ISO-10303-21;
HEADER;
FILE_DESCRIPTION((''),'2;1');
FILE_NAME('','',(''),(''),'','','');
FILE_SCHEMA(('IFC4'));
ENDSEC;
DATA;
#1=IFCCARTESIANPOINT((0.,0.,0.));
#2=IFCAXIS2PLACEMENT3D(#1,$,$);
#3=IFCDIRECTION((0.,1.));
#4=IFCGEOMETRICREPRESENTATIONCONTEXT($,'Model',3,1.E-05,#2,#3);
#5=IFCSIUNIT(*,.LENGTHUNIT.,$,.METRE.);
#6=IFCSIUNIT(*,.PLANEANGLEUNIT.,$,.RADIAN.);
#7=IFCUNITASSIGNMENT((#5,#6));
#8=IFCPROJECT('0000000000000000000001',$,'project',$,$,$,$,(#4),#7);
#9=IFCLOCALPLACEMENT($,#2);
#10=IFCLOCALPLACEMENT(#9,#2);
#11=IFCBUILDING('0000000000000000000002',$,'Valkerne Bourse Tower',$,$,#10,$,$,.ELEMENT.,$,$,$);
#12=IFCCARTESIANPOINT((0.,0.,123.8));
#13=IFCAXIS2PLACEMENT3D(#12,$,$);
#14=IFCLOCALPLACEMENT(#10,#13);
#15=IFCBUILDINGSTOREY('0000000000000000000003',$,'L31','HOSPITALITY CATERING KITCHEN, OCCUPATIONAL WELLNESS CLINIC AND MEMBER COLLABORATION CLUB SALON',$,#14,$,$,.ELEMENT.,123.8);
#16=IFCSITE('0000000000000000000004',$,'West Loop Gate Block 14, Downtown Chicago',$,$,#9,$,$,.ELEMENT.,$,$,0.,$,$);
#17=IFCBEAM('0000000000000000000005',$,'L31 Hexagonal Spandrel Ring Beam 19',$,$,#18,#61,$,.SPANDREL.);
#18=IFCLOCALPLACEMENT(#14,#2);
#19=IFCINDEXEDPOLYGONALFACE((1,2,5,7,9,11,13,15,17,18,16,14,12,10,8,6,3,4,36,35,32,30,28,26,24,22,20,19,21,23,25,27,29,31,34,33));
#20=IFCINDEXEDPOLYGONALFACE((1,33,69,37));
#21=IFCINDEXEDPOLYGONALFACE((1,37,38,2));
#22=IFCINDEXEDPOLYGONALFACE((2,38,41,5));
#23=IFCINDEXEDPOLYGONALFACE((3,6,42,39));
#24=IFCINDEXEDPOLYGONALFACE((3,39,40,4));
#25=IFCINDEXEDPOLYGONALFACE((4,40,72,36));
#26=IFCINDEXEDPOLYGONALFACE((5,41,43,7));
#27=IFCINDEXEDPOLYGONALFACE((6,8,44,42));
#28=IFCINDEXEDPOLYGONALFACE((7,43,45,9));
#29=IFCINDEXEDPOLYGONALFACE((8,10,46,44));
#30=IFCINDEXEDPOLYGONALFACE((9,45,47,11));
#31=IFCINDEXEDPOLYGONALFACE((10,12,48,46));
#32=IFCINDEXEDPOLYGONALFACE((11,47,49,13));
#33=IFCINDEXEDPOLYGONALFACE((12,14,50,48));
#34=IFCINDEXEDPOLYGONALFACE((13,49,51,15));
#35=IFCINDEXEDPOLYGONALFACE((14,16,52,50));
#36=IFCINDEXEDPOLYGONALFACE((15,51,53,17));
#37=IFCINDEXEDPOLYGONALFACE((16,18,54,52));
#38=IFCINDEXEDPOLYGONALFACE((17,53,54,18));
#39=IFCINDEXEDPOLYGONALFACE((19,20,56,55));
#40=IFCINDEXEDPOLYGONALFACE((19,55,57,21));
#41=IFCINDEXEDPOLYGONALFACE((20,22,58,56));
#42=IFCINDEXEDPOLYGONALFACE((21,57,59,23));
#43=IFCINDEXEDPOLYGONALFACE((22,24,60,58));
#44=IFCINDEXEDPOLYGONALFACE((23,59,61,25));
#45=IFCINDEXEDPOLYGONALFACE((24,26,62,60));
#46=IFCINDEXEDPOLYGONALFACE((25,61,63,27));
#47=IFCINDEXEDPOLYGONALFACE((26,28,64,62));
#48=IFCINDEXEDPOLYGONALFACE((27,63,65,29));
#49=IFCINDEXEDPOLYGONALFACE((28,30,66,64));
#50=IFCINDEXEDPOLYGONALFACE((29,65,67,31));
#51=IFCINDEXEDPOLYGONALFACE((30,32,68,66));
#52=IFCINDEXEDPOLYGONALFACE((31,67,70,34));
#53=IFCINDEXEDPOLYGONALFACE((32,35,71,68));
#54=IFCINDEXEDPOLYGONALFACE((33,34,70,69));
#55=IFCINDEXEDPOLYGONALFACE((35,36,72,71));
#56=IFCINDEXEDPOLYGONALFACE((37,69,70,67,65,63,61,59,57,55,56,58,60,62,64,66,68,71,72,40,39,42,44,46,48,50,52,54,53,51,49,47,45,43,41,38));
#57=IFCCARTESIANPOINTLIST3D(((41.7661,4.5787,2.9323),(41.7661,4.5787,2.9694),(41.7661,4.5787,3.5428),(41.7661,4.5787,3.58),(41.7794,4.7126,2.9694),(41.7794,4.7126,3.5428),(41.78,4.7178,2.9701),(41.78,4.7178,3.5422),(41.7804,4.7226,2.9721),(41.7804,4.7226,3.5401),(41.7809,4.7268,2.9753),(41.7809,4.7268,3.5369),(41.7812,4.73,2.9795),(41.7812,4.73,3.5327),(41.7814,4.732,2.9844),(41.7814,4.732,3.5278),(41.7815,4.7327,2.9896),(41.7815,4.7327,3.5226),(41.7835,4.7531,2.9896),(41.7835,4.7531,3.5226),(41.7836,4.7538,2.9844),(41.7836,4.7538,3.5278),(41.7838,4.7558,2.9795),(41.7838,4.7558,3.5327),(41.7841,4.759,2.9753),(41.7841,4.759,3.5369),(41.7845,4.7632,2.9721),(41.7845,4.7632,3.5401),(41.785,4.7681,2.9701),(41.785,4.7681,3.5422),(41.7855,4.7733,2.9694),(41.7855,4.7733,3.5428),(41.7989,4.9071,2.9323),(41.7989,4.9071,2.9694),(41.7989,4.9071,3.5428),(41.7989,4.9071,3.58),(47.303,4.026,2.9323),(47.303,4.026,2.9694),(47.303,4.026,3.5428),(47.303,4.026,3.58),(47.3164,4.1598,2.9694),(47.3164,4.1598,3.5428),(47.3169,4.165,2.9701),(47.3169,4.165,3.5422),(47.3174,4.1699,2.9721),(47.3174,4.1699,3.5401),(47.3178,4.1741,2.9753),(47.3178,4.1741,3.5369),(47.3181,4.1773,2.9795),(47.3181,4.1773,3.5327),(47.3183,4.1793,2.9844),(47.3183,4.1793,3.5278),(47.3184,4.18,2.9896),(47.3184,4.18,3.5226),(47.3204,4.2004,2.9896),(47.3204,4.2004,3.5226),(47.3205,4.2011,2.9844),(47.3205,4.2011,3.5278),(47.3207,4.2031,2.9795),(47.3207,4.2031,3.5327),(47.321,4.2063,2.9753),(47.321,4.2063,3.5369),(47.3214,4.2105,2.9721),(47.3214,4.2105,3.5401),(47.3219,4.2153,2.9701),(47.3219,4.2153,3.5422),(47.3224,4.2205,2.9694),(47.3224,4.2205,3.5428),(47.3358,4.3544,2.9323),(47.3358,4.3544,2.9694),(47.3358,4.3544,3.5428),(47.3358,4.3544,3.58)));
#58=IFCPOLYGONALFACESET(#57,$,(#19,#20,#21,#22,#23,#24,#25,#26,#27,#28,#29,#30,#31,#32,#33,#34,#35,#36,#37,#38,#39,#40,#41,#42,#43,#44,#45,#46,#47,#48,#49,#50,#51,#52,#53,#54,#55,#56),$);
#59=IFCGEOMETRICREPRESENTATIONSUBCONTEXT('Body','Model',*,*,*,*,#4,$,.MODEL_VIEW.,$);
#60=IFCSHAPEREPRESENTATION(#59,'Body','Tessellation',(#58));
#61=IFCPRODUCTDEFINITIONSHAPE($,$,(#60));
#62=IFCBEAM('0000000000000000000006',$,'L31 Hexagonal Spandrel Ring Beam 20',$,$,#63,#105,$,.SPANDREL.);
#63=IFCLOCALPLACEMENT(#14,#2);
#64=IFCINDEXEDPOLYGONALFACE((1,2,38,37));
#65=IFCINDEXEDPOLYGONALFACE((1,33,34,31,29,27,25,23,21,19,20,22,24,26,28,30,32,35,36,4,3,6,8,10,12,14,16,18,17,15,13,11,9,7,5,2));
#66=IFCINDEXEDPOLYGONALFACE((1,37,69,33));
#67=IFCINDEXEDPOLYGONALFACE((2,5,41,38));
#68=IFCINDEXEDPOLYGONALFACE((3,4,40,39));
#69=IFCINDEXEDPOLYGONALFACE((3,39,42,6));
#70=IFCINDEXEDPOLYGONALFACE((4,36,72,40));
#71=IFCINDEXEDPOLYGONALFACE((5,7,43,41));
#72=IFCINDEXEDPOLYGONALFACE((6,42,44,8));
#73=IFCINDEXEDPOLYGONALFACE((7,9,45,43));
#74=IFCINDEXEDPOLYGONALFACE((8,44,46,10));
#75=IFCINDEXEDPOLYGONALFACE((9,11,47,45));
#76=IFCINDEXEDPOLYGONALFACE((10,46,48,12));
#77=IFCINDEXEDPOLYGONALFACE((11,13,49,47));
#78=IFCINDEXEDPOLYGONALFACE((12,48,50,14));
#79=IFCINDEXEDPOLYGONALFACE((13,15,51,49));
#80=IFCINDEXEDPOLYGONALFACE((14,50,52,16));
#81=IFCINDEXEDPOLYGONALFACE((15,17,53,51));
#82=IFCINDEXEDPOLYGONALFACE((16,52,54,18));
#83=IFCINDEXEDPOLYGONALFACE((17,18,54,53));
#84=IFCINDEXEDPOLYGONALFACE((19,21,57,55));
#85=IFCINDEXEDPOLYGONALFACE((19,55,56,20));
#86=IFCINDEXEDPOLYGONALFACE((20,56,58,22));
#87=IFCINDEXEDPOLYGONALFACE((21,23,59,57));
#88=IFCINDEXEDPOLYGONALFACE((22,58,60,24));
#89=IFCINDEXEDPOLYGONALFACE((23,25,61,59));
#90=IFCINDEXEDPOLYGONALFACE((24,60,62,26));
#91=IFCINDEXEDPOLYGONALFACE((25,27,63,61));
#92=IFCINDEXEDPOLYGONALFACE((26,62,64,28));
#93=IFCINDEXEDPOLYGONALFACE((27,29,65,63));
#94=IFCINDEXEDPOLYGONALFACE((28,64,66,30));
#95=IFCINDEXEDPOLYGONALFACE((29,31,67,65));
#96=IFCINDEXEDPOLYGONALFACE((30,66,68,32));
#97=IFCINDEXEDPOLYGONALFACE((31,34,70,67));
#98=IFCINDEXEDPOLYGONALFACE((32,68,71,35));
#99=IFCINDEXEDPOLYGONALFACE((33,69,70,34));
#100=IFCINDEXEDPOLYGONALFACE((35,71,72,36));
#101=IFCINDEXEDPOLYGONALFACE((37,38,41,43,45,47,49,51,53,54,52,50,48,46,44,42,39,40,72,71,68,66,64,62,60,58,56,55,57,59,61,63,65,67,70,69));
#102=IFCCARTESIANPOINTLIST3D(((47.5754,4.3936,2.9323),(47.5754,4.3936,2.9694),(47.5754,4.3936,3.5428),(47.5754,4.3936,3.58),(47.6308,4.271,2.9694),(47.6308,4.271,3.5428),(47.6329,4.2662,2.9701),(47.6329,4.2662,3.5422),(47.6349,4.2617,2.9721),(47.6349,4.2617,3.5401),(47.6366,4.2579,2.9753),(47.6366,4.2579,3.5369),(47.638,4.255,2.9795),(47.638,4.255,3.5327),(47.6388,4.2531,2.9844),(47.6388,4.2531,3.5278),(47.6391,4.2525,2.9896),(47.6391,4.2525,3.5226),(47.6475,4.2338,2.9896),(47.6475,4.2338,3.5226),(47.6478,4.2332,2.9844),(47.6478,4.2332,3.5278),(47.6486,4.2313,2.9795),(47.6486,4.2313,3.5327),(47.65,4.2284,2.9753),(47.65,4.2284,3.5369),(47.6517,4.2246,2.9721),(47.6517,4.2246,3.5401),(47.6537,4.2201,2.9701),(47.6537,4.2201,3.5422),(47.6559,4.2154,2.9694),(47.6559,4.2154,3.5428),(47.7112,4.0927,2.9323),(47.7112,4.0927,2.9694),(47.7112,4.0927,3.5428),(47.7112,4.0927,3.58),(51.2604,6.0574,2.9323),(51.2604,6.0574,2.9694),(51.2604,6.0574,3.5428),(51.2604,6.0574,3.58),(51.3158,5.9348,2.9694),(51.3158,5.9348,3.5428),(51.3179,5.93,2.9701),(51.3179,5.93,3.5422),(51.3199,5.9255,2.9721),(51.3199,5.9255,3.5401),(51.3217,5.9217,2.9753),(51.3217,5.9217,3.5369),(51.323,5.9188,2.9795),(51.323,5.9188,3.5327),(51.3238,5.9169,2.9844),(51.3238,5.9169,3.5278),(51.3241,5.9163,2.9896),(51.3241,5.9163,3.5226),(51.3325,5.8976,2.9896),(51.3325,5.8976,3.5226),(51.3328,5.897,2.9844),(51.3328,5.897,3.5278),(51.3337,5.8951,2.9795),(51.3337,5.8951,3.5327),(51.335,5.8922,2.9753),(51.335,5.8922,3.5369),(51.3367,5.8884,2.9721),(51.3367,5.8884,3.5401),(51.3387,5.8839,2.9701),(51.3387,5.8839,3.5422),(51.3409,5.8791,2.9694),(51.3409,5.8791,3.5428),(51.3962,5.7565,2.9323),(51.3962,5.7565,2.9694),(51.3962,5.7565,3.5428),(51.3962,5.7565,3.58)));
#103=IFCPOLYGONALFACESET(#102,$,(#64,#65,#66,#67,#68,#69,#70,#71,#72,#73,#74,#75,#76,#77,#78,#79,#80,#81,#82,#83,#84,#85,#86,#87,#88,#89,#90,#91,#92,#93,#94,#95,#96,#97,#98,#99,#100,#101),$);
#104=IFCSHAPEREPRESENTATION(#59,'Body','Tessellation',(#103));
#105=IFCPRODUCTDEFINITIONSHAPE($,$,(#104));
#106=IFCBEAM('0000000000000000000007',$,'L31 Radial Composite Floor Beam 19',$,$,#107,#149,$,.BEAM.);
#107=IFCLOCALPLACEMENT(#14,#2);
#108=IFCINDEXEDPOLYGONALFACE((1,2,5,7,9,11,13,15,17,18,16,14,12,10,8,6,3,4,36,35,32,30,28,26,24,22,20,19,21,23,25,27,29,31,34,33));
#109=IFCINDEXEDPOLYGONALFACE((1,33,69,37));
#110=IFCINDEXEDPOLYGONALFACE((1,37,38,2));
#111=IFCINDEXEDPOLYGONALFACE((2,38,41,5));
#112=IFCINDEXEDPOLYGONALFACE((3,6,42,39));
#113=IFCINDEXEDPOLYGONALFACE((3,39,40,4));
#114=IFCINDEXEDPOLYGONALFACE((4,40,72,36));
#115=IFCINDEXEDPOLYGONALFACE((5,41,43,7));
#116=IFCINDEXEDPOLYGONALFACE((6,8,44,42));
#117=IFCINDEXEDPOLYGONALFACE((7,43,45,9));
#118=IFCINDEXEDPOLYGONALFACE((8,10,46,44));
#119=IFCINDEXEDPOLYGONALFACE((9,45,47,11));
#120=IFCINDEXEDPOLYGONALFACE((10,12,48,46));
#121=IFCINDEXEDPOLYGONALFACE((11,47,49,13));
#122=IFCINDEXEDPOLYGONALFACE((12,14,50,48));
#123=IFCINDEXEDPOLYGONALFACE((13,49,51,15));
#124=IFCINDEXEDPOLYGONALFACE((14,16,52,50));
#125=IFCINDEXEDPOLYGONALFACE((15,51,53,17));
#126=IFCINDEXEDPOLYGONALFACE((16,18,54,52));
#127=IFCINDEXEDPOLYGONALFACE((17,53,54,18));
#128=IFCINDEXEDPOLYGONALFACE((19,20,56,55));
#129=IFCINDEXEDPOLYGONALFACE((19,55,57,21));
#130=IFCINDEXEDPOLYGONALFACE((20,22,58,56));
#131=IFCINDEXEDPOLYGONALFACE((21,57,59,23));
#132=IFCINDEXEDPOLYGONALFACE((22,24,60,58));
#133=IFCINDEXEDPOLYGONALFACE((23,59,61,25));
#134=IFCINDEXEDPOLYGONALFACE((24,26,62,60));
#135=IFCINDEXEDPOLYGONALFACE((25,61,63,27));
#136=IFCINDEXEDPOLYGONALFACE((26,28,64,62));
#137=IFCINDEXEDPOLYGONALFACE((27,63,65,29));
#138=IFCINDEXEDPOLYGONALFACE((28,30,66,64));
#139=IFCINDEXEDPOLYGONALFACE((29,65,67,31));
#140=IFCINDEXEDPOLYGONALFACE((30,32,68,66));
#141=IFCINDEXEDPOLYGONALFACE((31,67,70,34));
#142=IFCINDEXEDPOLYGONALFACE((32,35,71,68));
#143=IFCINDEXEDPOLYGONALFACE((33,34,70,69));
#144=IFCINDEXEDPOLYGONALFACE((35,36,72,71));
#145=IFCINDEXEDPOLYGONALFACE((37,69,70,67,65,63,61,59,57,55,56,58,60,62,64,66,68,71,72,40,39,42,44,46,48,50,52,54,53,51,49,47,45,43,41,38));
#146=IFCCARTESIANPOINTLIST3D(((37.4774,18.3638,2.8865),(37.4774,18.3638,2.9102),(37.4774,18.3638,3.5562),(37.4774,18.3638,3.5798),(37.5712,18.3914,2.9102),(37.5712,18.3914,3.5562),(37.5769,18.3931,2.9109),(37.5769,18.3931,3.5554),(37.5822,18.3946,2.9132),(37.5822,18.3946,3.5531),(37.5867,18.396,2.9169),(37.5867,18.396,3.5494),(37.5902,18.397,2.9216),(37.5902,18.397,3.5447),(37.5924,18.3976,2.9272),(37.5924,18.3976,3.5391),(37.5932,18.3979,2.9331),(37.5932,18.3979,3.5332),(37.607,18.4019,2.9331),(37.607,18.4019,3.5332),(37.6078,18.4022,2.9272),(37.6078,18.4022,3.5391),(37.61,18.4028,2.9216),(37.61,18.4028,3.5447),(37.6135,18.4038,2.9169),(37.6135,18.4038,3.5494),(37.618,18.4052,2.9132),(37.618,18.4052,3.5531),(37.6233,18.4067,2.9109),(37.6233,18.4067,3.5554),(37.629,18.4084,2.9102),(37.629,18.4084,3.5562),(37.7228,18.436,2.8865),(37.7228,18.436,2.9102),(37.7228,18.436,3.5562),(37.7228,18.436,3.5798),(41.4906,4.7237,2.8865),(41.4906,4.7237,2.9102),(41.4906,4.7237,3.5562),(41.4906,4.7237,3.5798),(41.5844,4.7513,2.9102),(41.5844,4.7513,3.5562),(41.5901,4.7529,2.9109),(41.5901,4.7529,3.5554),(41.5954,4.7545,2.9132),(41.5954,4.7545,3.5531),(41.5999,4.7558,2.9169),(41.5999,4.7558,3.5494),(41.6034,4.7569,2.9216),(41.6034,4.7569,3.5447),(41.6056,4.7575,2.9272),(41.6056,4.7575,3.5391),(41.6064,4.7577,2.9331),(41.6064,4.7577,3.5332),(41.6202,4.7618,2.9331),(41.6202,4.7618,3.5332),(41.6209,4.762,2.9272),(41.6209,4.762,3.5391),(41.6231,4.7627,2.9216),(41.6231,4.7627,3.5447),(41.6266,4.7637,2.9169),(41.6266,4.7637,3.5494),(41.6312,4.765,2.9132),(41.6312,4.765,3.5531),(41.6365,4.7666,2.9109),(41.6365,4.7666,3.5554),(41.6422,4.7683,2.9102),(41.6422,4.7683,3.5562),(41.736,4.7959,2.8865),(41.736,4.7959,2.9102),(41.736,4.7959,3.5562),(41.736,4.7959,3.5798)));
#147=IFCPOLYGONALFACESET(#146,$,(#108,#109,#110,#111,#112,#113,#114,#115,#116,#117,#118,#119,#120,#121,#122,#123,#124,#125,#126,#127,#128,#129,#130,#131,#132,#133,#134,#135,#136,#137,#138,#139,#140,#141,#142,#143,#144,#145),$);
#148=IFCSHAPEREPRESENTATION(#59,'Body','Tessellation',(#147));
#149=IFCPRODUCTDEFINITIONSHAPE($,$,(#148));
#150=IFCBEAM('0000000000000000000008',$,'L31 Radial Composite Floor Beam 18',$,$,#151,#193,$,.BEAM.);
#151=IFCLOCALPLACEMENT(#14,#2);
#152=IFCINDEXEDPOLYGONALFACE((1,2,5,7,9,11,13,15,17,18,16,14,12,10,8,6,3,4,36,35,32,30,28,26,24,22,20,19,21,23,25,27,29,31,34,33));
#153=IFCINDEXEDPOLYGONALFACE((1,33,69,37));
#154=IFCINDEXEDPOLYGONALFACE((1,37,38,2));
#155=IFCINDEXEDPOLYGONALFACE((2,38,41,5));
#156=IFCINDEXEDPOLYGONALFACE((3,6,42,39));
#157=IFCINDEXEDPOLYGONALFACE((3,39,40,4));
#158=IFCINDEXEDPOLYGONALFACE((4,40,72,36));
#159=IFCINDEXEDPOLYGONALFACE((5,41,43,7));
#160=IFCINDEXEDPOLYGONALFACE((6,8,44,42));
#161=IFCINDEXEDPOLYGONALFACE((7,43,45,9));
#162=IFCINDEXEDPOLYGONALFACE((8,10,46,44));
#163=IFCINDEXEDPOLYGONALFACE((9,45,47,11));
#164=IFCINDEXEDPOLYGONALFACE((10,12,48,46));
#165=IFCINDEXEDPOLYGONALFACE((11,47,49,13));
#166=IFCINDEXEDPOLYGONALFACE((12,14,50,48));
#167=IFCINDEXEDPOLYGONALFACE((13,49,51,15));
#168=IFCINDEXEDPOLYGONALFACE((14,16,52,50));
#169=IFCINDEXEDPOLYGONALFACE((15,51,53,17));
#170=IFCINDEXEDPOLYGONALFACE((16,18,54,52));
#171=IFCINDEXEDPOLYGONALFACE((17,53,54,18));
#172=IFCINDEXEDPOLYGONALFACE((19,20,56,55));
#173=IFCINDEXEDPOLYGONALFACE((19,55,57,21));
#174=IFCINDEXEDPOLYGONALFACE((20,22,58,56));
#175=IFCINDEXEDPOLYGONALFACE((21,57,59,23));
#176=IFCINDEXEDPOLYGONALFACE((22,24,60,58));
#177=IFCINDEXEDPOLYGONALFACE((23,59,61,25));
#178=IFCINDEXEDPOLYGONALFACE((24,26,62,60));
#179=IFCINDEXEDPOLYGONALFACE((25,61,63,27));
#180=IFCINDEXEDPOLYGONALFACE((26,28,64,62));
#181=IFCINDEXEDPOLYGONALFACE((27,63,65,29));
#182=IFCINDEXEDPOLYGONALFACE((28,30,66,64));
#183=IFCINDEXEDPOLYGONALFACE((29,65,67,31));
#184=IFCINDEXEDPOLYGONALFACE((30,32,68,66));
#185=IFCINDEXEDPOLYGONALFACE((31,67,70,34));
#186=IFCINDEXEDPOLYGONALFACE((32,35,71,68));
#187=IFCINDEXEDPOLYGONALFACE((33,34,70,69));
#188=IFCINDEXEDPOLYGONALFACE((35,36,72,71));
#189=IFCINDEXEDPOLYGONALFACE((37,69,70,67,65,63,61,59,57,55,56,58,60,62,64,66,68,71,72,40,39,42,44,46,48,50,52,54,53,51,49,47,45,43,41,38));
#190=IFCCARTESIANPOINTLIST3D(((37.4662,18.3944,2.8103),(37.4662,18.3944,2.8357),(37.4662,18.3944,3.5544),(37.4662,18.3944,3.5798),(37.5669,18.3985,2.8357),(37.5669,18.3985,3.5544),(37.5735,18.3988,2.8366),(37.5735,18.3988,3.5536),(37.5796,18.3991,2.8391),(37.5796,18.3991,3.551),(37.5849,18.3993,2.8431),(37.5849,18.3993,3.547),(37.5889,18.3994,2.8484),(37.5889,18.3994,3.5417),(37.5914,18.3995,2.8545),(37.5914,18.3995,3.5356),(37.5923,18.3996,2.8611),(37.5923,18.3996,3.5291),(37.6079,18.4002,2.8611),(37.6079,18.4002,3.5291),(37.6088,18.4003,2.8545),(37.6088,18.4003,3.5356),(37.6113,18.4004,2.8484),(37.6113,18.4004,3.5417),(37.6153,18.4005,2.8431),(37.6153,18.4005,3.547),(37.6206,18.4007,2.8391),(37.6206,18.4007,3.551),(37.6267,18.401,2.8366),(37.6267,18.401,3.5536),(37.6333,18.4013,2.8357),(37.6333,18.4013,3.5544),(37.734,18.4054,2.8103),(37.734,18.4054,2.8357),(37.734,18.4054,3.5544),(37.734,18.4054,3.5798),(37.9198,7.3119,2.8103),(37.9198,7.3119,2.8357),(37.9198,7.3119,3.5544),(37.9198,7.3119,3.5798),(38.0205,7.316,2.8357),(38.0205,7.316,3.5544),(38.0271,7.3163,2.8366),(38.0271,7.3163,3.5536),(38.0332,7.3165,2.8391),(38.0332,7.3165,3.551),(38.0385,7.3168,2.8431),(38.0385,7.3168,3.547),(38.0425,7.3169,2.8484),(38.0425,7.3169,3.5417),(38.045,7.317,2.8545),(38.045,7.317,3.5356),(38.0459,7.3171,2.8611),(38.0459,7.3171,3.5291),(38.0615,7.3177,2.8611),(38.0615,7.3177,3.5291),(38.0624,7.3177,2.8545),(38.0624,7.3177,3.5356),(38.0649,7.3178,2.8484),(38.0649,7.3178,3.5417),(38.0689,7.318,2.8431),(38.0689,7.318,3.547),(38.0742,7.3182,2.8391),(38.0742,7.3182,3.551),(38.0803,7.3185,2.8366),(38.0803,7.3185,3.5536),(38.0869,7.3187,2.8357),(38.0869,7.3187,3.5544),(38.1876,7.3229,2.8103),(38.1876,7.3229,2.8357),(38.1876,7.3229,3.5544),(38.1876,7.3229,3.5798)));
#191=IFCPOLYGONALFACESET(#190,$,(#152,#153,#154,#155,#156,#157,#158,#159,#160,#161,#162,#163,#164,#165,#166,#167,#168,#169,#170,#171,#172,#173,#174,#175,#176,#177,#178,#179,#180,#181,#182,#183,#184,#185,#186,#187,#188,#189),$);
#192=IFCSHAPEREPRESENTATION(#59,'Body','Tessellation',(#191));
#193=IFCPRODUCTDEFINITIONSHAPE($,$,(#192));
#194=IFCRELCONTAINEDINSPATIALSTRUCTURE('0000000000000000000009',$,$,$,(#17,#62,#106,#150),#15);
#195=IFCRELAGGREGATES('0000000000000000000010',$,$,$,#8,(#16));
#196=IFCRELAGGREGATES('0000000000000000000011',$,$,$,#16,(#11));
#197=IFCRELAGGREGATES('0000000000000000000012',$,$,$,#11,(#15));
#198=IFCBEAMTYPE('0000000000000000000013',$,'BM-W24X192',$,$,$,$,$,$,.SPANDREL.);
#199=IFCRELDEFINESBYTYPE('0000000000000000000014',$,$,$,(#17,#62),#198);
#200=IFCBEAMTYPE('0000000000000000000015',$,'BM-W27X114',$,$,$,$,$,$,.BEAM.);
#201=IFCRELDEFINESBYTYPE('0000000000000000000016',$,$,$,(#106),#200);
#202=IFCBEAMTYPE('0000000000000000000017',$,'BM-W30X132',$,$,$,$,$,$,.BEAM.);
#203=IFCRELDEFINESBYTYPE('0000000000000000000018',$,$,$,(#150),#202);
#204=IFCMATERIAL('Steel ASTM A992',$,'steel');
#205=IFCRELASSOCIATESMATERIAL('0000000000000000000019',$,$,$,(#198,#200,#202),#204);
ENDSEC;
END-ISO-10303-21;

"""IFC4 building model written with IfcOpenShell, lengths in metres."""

from ifc_helpers import new_model, si_unit, direction, frame, origin, origin_2d, place, context, subcontext, project, spatial, i_section, extrude, material, material_profile, profile_set, type_object, element, save


model = new_model("IFC4")

# Units and contexts
model_context = context("Model", 3, precision=1e-05, world=origin(), true_north=direction((0.0, 1.0)))
body_context = subcontext(model_context, "Body", "Model", "MODEL_VIEW")
ifc_project = project(units=[si_unit("LENGTHUNIT", "METRE"), si_unit("PLANEANGLEUNIT", "RADIAN")], contexts=[model_context])

# Site, building, storey
site_placement = place(None, origin())
site = spatial("IfcSite", under=ifc_project, at=site_placement, Name="West Loop Gate Block 14, Downtown Chicago", CompositionType="ELEMENT", RefElevation=0.0)
building_placement = place(site_placement, origin())
building = spatial("IfcBuilding", under=site, at=building_placement, Name="Valkerne Bourse Tower", CompositionType="ELEMENT")
storey_placement = place(building_placement, frame((0.0, 0.0, 123.8)))
storey = spatial("IfcBuildingStorey", under=building, at=storey_placement, Name="L31", Description="HOSPITALITY CATERING KITCHEN, OCCUPATIONAL WELLNESS CLINIC AND MEMBER COLLABORATION CLUB SALON", CompositionType="ELEMENT", Elevation=123.8)

# Beams
ifc_material_1 = material(Name="Steel ASTM A992", Category="steel")
ifc_material_profile_1 = material_profile(ifc_material_1, i_section(OverallWidth=0.3301, OverallDepth=0.6477, WebThickness=0.0205, FlangeThickness=0.0371, FilletRadius=0.0203, at=origin_2d()), Name="W24X192")
ifc_profile_set_1 = profile_set([ifc_material_profile_1], Name="Steel ASTM A992")
beam_type_1 = type_object("IfcBeamType", Name="BM-W24X192", PredefinedType="SPANDREL", material=ifc_profile_set_1)
beam_1_placement = place(storey_placement, frame((41.7825, 4.7429, 3.2561), z_axis=(0.995054, -0.099334, 0.0), x_axis=(0.099334, 0.995054, 0.0)))
element("IfcBeam", 1, at=beam_1_placement, inside=storey, type_object=beam_type_1, Name="L31 Hexagonal Spandrel Ring Beam 19", PredefinedType="SPANDREL", context=body_context, shape_type="SweptSolid", body=[
    extrude(i_section(OverallWidth=0.3301, OverallDepth=0.6477, WebThickness=0.0205, FlangeThickness=0.0371, FilletRadius=0.0203, at=origin_2d()), origin(), (0.0, 0.0, 1.0), 5.5645),
])
beam_2_placement = place(storey_placement, frame((47.6433, 4.2432, 3.2561), z_axis=(0.911408, 0.411504, 0.0), x_axis=(-0.411504, 0.911408, 0.0)))
element("IfcBeam", 2, at=beam_2_placement, inside=storey, type_object=beam_type_1, Name="L31 Hexagonal Spandrel Ring Beam 20", PredefinedType="SPANDREL", context=body_context, shape_type="SweptSolid", body=[
    extrude(i_section(OverallWidth=0.3301, OverallDepth=0.6477, WebThickness=0.0205, FlangeThickness=0.0371, FilletRadius=0.0203, at=origin_2d()), origin(), (0.0, 0.0, 1.0), 4.0432),
])
ifc_material_profile_2 = material_profile(ifc_material_1, i_section(OverallWidth=0.2559, OverallDepth=0.6934, WebThickness=0.0144, FlangeThickness=0.0237, FilletRadius=0.0229, at=origin_2d()), Name="W27X114")
ifc_profile_set_2 = profile_set([ifc_material_profile_2], Name="Steel ASTM A992")
beam_type_2 = type_object("IfcBeamType", Name="BM-W27X114", PredefinedType="BEAM", material=ifc_profile_set_2)
beam_3_placement = place(storey_placement, frame((41.6133, 4.7598, 3.2332), z_axis=(-0.282256, 0.959339, 0.0), x_axis=(-0.959339, -0.282256, 0.0)))
element("IfcBeam", 3, at=beam_3_placement, inside=storey, type_object=beam_type_2, Name="L31 Radial Composite Floor Beam 19", PredefinedType="BEAM", context=body_context, shape_type="SweptSolid", body=[
    extrude(i_section(OverallWidth=0.2559, OverallDepth=0.6934, WebThickness=0.0144, FlangeThickness=0.0237, FilletRadius=0.0229, at=origin_2d()), origin(), (0.0, 0.0, 1.0), 14.2183),
])
ifc_material_profile_3 = material_profile(ifc_material_1, i_section(OverallWidth=0.2681, OverallDepth=0.7695, WebThickness=0.0156, FlangeThickness=0.0254, FilletRadius=0.0254, at=origin_2d()), Name="W30X132")
ifc_profile_set_3 = profile_set([ifc_material_profile_3], Name="Steel ASTM A992")
beam_type_3 = type_object("IfcBeamType", Name="BM-W30X132", PredefinedType="BEAM", material=ifc_profile_set_3)
beam_4_placement = place(storey_placement, frame((38.0537, 7.3174, 3.1951), z_axis=(-0.040896, 0.999163, 0.0), x_axis=(-0.999163, -0.040896, 0.0)))
element("IfcBeam", 4, at=beam_4_placement, inside=storey, type_object=beam_type_3, Name="L31 Radial Composite Floor Beam 18", PredefinedType="BEAM", context=body_context, shape_type="SweptSolid", body=[
    extrude(i_section(OverallWidth=0.2681, OverallDepth=0.7695, WebThickness=0.0156, FlangeThickness=0.0254, FilletRadius=0.0254, at=origin_2d()), origin(), (0.0, 0.0, 1.0), 11.0918),
])

save(model, "model.ifc")
